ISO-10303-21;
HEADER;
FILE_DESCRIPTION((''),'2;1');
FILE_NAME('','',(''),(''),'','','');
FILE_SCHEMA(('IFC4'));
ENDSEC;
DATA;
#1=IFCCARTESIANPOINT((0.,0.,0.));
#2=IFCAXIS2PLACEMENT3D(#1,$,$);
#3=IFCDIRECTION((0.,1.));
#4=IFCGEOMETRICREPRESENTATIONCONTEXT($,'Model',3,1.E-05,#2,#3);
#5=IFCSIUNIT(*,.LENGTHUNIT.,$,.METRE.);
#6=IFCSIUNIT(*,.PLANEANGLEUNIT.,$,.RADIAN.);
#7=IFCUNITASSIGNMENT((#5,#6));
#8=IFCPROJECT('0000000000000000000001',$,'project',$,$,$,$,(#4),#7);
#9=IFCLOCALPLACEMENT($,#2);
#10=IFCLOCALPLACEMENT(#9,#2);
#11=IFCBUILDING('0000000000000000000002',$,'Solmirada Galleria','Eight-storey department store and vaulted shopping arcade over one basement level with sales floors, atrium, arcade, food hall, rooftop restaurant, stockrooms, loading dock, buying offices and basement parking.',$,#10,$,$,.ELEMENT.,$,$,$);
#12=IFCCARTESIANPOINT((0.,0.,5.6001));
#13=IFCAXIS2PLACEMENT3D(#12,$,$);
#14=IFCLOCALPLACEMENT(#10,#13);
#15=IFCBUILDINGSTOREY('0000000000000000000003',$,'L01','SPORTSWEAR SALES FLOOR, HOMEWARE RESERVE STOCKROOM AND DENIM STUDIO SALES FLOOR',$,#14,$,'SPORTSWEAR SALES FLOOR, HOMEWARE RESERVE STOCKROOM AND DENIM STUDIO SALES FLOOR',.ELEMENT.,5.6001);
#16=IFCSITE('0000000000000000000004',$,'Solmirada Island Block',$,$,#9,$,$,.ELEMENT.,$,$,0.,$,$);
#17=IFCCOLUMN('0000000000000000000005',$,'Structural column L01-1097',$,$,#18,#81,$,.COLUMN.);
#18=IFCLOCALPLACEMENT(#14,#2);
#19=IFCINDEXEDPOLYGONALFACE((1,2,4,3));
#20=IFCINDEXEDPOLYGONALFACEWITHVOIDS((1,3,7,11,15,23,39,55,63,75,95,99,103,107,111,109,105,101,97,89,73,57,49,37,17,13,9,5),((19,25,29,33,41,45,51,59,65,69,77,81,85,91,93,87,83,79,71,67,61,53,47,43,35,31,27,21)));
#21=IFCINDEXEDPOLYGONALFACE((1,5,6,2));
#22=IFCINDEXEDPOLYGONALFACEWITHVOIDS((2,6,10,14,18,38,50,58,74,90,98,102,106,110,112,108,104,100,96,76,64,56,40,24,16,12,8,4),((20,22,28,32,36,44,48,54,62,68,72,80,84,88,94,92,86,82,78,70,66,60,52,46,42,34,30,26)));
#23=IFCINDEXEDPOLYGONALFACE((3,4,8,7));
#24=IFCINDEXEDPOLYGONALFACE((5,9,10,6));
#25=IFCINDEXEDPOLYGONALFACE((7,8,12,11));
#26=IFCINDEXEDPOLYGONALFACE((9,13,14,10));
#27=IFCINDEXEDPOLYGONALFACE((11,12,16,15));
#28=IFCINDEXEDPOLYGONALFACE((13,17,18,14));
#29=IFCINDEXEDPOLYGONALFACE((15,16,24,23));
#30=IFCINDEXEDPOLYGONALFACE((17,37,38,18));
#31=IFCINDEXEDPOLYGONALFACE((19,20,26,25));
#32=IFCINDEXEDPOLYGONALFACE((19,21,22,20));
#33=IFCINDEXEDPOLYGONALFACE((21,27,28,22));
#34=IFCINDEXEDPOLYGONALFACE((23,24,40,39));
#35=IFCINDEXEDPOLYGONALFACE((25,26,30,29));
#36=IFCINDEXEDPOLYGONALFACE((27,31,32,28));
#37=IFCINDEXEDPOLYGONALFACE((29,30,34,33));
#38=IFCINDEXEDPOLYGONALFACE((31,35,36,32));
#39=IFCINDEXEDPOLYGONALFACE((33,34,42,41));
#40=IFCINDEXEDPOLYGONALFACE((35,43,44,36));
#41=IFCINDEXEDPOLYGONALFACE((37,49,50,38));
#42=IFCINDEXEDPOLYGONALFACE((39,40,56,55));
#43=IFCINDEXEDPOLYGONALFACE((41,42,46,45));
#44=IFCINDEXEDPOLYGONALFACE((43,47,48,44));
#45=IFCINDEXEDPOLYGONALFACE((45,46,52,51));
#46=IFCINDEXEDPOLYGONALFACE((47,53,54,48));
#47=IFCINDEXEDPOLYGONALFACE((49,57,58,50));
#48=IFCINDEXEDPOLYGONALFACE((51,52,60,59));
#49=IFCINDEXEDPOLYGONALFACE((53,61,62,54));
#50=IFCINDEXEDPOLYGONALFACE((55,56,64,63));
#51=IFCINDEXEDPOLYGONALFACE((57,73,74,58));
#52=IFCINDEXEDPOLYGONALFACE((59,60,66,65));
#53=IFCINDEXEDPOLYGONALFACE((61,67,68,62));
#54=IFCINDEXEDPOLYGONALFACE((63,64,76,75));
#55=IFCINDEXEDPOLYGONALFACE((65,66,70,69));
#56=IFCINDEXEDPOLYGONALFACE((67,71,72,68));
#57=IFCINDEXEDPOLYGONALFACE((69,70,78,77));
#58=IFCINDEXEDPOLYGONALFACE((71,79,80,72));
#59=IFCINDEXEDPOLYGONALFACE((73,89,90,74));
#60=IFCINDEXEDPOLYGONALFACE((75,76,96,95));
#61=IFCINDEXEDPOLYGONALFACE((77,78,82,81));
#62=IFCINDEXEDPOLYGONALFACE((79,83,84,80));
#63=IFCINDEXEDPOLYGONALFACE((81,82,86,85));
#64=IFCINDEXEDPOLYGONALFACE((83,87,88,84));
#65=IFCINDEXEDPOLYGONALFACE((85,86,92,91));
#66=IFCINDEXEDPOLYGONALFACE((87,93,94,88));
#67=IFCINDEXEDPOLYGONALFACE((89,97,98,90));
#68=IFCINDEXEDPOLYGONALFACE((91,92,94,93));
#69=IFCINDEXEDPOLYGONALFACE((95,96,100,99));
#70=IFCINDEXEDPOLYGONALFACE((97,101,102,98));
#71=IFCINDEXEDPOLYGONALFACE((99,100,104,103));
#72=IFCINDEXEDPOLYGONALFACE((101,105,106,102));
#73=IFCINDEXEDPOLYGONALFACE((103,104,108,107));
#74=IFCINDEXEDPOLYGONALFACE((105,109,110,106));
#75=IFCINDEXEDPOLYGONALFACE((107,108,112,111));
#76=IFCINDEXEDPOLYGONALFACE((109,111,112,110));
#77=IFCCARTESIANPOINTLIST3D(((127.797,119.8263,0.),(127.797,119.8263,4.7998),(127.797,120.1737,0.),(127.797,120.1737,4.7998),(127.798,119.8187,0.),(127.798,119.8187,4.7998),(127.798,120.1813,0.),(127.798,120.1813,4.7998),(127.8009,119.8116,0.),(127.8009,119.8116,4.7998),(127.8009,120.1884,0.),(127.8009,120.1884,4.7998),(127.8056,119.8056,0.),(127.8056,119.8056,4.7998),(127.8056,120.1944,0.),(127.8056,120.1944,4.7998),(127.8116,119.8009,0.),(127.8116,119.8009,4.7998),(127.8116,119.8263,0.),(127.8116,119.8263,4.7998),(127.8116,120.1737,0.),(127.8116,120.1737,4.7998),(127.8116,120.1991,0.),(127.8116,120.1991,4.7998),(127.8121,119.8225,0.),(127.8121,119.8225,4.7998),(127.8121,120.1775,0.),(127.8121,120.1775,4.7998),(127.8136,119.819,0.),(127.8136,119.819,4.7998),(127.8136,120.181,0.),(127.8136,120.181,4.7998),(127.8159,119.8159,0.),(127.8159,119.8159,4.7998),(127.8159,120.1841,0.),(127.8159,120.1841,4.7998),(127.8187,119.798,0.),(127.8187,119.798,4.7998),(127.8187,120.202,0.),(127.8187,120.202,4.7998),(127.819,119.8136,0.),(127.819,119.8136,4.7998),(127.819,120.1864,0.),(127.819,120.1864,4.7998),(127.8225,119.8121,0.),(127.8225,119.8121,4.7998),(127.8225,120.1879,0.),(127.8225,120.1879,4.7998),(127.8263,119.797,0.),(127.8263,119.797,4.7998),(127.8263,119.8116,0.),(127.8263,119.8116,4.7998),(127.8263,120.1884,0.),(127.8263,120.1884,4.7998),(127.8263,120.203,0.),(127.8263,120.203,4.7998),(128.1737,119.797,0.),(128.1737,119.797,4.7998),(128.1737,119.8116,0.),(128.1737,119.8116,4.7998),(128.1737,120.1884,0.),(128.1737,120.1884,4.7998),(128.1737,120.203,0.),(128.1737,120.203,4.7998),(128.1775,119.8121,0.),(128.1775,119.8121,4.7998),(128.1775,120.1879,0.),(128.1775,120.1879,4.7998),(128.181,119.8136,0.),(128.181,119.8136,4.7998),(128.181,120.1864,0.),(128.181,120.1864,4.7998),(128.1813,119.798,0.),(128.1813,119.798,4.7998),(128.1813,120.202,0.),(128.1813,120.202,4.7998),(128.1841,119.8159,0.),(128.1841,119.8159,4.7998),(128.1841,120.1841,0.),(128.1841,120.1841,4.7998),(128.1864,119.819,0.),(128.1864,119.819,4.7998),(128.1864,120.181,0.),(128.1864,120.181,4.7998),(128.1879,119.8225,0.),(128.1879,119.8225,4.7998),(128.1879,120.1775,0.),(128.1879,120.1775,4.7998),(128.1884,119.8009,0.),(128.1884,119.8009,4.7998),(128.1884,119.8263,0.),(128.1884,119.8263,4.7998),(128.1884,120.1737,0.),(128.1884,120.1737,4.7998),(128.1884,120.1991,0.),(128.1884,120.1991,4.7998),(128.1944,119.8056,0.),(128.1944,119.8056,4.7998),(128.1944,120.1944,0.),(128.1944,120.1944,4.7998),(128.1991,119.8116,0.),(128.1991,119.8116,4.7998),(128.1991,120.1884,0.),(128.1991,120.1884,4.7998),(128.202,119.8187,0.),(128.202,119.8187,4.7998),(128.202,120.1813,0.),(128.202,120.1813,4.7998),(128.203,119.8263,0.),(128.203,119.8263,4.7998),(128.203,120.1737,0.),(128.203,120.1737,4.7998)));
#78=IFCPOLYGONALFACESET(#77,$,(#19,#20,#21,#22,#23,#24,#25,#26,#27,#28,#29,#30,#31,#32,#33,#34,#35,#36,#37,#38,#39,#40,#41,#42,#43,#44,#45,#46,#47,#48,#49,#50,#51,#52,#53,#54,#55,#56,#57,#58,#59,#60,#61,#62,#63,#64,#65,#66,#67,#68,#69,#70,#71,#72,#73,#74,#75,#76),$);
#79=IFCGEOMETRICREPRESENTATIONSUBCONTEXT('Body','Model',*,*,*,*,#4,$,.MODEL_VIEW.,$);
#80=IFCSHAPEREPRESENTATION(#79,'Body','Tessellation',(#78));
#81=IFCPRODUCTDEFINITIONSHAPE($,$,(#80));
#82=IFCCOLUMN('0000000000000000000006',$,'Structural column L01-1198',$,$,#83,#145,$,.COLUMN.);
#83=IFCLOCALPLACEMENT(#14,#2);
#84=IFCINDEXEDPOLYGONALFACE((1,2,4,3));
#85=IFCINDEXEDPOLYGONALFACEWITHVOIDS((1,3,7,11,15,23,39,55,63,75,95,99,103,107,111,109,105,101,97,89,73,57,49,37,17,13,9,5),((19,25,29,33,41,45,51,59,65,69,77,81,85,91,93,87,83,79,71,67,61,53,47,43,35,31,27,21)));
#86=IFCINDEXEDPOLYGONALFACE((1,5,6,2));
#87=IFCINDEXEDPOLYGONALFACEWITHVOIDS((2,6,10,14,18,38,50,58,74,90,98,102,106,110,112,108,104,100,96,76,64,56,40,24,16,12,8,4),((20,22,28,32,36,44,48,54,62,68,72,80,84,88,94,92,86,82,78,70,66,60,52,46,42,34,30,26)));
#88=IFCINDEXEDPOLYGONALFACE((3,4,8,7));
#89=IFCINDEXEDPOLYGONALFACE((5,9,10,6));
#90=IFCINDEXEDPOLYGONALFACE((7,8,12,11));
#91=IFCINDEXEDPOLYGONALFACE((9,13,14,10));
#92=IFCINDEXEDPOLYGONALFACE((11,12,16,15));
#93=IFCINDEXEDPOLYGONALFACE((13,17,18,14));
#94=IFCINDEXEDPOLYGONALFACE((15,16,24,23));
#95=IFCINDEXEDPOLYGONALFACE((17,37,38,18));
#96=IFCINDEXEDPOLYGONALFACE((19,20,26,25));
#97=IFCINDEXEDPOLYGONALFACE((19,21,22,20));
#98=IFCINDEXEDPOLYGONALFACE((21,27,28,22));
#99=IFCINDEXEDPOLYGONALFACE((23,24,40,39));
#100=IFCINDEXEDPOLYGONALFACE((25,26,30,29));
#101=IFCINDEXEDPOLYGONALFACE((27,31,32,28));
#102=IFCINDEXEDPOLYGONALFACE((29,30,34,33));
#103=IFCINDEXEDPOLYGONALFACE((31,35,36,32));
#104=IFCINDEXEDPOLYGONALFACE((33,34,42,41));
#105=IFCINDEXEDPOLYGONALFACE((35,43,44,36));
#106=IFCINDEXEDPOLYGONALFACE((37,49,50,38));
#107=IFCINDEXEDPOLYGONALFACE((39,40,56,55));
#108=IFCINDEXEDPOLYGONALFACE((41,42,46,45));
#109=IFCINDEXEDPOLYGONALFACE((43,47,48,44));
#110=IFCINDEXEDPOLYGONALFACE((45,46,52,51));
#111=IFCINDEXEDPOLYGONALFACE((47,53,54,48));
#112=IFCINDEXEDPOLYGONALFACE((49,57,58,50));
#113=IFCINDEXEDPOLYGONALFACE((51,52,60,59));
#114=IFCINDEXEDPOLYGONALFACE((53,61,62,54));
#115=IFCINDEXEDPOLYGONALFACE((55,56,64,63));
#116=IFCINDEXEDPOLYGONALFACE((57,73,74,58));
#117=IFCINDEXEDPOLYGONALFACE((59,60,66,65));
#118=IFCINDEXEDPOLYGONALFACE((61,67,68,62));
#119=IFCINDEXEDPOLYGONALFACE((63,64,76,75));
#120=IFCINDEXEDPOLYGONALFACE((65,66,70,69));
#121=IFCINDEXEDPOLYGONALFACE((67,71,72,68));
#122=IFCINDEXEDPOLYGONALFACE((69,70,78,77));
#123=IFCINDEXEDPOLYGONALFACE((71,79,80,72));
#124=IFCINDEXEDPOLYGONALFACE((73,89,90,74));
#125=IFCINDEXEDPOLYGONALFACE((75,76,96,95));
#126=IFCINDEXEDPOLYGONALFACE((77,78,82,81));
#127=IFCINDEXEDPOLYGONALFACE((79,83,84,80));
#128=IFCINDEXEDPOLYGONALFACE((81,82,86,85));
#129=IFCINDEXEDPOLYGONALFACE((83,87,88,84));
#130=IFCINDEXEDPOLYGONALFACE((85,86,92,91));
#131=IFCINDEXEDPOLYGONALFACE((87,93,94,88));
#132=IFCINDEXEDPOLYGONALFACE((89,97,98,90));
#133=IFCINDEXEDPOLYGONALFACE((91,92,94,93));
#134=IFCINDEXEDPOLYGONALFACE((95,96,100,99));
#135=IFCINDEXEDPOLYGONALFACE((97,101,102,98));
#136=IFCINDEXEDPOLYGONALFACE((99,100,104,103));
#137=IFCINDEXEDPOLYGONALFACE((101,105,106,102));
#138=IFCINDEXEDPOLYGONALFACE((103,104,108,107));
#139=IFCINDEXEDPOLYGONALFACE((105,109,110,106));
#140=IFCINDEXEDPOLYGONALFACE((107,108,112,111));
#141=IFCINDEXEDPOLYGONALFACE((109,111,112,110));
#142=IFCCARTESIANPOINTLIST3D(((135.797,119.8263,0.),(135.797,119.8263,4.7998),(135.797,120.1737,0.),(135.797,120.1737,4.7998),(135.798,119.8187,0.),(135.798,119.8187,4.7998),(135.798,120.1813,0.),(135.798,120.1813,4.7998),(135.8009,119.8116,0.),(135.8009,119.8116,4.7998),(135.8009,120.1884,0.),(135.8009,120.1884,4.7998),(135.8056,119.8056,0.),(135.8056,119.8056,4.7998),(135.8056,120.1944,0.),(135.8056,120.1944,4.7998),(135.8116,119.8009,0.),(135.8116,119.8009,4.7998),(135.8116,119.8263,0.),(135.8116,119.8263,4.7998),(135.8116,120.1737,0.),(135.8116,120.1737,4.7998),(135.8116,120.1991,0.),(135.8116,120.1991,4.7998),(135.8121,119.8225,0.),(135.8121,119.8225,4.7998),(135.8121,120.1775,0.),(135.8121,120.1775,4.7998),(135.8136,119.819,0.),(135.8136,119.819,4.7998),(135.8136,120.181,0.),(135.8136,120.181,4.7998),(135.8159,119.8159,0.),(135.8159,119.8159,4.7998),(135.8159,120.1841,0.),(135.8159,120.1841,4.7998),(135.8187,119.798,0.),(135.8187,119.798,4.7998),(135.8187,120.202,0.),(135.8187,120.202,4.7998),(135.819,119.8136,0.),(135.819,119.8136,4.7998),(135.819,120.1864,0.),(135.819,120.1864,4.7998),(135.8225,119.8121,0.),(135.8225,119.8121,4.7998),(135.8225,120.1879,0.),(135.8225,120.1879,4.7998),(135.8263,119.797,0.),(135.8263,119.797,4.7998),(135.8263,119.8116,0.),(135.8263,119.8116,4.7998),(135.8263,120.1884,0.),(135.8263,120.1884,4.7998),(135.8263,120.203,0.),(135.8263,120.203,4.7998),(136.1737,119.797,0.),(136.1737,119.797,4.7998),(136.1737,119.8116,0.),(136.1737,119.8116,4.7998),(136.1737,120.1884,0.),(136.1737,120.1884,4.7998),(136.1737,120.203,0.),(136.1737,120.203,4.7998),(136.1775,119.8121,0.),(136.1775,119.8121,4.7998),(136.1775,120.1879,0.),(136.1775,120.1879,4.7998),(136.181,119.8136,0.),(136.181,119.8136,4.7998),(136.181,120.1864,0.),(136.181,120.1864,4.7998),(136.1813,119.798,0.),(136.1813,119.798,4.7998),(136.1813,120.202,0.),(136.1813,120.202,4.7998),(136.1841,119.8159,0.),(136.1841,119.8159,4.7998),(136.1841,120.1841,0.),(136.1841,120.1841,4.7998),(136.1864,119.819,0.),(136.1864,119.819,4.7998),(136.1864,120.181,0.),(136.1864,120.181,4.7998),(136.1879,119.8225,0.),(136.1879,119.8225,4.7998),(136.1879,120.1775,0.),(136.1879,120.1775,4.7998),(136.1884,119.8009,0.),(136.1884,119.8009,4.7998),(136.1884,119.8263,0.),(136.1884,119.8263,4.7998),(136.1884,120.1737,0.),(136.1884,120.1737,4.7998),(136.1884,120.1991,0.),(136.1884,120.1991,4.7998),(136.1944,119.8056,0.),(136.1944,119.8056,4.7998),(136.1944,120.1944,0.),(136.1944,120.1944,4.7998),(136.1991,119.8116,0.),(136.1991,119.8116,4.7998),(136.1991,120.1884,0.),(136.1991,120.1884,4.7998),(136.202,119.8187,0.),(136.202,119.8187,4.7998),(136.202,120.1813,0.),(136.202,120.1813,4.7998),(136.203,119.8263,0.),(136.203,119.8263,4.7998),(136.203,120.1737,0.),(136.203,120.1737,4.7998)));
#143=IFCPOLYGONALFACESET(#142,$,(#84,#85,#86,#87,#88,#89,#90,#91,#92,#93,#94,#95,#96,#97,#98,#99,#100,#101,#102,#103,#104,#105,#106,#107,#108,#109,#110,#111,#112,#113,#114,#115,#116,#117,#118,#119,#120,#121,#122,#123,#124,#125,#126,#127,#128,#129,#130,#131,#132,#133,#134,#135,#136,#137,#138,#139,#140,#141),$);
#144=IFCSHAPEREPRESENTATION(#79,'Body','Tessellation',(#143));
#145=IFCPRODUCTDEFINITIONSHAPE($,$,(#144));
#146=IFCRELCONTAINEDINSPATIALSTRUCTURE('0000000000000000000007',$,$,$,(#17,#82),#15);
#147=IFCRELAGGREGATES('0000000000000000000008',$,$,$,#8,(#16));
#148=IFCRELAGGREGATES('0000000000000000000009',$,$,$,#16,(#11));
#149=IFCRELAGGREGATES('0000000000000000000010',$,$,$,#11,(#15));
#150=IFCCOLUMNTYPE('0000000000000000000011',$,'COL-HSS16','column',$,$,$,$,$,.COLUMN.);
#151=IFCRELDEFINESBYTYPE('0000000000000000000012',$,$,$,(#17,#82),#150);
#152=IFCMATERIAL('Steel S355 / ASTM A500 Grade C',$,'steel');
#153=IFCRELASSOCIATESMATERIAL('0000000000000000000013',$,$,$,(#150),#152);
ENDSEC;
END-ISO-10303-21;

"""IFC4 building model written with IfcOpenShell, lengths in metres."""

from ifc_helpers import new_model, si_unit, direction, frame, origin, origin_2d, place, context, subcontext, project, spatial, hollow_rectangle, extrude, material, material_profile, profile_set, type_object, element, save


model = new_model("IFC4")

# Units and contexts
model_context = context("Model", 3, precision=1e-05, world=origin(), true_north=direction((0.0, 1.0)))
body_context = subcontext(model_context, "Body", "Model", "MODEL_VIEW")
ifc_project = project(units=[si_unit("LENGTHUNIT", "METRE"), si_unit("PLANEANGLEUNIT", "RADIAN")], contexts=[model_context])

# Site, building, storey
site_placement = place(None, origin())
site = spatial("IfcSite", under=ifc_project, at=site_placement, Name="Solmirada Island Block", CompositionType="ELEMENT", RefElevation=0.0)
building_placement = place(site_placement, origin())
building = spatial("IfcBuilding", under=site, at=building_placement, Name="Solmirada Galleria", Description="Eight-storey department store and vaulted shopping arcade over one basement level with sales floors, atrium, arcade, food hall, rooftop restaurant, stockrooms, loading dock, buying offices and basement parking.", CompositionType="ELEMENT")
storey_placement = place(building_placement, frame((0.0, 0.0, 5.6001)))
storey = spatial("IfcBuildingStorey", under=building, at=storey_placement, Name="L01", Description="SPORTSWEAR SALES FLOOR, HOMEWARE RESERVE STOCKROOM AND DENIM STUDIO SALES FLOOR", LongName="SPORTSWEAR SALES FLOOR, HOMEWARE RESERVE STOCKROOM AND DENIM STUDIO SALES FLOOR", CompositionType="ELEMENT", Elevation=5.6001)

# Columns
ifc_material_1 = material(Name="Steel S355 / ASTM A500 Grade C", Category="steel")
ifc_material_profile_1 = material_profile(ifc_material_1, hollow_rectangle(XDim=0.406, YDim=0.406, WallThickness=0.0146, InnerFilletRadius=0.0146, OuterFilletRadius=0.0293, at=origin_2d()), Name="HSS16X16X5/8")
ifc_profile_set_1 = profile_set([ifc_material_profile_1], Name="Steel S355 / ASTM A500 Grade C")
column_type = type_object("IfcColumnType", Name="COL-HSS16", Description="column", PredefinedType="COLUMN", material=ifc_profile_set_1)
for number, where, z_axis, x_axis, name in (
    (1, (128.0, 120.0, 0.0), (0.0, 0.0, 1.0), (1.0, 0.0, 0.0), "Structural column L01-1097"),
    (2, (136.0, 120.0, 0.0), (0.0, 0.0, 1.0), (1.0, 0.0, 0.0), "Structural column L01-1198"),
):
    element("IfcColumn", number, at=place(storey_placement, frame(where, z_axis=z_axis, x_axis=x_axis)), inside=storey, type_object=column_type, Name=name, PredefinedType="COLUMN", context=body_context, shape_type="SweptSolid", body=[
        extrude(hollow_rectangle(XDim=0.406, YDim=0.406, WallThickness=0.0146, InnerFilletRadius=0.0146, OuterFilletRadius=0.0293, at=origin_2d()), origin(), (0.0, 0.0, 1.0), 4.7998),
    ])

save(model, "model.ifc")
